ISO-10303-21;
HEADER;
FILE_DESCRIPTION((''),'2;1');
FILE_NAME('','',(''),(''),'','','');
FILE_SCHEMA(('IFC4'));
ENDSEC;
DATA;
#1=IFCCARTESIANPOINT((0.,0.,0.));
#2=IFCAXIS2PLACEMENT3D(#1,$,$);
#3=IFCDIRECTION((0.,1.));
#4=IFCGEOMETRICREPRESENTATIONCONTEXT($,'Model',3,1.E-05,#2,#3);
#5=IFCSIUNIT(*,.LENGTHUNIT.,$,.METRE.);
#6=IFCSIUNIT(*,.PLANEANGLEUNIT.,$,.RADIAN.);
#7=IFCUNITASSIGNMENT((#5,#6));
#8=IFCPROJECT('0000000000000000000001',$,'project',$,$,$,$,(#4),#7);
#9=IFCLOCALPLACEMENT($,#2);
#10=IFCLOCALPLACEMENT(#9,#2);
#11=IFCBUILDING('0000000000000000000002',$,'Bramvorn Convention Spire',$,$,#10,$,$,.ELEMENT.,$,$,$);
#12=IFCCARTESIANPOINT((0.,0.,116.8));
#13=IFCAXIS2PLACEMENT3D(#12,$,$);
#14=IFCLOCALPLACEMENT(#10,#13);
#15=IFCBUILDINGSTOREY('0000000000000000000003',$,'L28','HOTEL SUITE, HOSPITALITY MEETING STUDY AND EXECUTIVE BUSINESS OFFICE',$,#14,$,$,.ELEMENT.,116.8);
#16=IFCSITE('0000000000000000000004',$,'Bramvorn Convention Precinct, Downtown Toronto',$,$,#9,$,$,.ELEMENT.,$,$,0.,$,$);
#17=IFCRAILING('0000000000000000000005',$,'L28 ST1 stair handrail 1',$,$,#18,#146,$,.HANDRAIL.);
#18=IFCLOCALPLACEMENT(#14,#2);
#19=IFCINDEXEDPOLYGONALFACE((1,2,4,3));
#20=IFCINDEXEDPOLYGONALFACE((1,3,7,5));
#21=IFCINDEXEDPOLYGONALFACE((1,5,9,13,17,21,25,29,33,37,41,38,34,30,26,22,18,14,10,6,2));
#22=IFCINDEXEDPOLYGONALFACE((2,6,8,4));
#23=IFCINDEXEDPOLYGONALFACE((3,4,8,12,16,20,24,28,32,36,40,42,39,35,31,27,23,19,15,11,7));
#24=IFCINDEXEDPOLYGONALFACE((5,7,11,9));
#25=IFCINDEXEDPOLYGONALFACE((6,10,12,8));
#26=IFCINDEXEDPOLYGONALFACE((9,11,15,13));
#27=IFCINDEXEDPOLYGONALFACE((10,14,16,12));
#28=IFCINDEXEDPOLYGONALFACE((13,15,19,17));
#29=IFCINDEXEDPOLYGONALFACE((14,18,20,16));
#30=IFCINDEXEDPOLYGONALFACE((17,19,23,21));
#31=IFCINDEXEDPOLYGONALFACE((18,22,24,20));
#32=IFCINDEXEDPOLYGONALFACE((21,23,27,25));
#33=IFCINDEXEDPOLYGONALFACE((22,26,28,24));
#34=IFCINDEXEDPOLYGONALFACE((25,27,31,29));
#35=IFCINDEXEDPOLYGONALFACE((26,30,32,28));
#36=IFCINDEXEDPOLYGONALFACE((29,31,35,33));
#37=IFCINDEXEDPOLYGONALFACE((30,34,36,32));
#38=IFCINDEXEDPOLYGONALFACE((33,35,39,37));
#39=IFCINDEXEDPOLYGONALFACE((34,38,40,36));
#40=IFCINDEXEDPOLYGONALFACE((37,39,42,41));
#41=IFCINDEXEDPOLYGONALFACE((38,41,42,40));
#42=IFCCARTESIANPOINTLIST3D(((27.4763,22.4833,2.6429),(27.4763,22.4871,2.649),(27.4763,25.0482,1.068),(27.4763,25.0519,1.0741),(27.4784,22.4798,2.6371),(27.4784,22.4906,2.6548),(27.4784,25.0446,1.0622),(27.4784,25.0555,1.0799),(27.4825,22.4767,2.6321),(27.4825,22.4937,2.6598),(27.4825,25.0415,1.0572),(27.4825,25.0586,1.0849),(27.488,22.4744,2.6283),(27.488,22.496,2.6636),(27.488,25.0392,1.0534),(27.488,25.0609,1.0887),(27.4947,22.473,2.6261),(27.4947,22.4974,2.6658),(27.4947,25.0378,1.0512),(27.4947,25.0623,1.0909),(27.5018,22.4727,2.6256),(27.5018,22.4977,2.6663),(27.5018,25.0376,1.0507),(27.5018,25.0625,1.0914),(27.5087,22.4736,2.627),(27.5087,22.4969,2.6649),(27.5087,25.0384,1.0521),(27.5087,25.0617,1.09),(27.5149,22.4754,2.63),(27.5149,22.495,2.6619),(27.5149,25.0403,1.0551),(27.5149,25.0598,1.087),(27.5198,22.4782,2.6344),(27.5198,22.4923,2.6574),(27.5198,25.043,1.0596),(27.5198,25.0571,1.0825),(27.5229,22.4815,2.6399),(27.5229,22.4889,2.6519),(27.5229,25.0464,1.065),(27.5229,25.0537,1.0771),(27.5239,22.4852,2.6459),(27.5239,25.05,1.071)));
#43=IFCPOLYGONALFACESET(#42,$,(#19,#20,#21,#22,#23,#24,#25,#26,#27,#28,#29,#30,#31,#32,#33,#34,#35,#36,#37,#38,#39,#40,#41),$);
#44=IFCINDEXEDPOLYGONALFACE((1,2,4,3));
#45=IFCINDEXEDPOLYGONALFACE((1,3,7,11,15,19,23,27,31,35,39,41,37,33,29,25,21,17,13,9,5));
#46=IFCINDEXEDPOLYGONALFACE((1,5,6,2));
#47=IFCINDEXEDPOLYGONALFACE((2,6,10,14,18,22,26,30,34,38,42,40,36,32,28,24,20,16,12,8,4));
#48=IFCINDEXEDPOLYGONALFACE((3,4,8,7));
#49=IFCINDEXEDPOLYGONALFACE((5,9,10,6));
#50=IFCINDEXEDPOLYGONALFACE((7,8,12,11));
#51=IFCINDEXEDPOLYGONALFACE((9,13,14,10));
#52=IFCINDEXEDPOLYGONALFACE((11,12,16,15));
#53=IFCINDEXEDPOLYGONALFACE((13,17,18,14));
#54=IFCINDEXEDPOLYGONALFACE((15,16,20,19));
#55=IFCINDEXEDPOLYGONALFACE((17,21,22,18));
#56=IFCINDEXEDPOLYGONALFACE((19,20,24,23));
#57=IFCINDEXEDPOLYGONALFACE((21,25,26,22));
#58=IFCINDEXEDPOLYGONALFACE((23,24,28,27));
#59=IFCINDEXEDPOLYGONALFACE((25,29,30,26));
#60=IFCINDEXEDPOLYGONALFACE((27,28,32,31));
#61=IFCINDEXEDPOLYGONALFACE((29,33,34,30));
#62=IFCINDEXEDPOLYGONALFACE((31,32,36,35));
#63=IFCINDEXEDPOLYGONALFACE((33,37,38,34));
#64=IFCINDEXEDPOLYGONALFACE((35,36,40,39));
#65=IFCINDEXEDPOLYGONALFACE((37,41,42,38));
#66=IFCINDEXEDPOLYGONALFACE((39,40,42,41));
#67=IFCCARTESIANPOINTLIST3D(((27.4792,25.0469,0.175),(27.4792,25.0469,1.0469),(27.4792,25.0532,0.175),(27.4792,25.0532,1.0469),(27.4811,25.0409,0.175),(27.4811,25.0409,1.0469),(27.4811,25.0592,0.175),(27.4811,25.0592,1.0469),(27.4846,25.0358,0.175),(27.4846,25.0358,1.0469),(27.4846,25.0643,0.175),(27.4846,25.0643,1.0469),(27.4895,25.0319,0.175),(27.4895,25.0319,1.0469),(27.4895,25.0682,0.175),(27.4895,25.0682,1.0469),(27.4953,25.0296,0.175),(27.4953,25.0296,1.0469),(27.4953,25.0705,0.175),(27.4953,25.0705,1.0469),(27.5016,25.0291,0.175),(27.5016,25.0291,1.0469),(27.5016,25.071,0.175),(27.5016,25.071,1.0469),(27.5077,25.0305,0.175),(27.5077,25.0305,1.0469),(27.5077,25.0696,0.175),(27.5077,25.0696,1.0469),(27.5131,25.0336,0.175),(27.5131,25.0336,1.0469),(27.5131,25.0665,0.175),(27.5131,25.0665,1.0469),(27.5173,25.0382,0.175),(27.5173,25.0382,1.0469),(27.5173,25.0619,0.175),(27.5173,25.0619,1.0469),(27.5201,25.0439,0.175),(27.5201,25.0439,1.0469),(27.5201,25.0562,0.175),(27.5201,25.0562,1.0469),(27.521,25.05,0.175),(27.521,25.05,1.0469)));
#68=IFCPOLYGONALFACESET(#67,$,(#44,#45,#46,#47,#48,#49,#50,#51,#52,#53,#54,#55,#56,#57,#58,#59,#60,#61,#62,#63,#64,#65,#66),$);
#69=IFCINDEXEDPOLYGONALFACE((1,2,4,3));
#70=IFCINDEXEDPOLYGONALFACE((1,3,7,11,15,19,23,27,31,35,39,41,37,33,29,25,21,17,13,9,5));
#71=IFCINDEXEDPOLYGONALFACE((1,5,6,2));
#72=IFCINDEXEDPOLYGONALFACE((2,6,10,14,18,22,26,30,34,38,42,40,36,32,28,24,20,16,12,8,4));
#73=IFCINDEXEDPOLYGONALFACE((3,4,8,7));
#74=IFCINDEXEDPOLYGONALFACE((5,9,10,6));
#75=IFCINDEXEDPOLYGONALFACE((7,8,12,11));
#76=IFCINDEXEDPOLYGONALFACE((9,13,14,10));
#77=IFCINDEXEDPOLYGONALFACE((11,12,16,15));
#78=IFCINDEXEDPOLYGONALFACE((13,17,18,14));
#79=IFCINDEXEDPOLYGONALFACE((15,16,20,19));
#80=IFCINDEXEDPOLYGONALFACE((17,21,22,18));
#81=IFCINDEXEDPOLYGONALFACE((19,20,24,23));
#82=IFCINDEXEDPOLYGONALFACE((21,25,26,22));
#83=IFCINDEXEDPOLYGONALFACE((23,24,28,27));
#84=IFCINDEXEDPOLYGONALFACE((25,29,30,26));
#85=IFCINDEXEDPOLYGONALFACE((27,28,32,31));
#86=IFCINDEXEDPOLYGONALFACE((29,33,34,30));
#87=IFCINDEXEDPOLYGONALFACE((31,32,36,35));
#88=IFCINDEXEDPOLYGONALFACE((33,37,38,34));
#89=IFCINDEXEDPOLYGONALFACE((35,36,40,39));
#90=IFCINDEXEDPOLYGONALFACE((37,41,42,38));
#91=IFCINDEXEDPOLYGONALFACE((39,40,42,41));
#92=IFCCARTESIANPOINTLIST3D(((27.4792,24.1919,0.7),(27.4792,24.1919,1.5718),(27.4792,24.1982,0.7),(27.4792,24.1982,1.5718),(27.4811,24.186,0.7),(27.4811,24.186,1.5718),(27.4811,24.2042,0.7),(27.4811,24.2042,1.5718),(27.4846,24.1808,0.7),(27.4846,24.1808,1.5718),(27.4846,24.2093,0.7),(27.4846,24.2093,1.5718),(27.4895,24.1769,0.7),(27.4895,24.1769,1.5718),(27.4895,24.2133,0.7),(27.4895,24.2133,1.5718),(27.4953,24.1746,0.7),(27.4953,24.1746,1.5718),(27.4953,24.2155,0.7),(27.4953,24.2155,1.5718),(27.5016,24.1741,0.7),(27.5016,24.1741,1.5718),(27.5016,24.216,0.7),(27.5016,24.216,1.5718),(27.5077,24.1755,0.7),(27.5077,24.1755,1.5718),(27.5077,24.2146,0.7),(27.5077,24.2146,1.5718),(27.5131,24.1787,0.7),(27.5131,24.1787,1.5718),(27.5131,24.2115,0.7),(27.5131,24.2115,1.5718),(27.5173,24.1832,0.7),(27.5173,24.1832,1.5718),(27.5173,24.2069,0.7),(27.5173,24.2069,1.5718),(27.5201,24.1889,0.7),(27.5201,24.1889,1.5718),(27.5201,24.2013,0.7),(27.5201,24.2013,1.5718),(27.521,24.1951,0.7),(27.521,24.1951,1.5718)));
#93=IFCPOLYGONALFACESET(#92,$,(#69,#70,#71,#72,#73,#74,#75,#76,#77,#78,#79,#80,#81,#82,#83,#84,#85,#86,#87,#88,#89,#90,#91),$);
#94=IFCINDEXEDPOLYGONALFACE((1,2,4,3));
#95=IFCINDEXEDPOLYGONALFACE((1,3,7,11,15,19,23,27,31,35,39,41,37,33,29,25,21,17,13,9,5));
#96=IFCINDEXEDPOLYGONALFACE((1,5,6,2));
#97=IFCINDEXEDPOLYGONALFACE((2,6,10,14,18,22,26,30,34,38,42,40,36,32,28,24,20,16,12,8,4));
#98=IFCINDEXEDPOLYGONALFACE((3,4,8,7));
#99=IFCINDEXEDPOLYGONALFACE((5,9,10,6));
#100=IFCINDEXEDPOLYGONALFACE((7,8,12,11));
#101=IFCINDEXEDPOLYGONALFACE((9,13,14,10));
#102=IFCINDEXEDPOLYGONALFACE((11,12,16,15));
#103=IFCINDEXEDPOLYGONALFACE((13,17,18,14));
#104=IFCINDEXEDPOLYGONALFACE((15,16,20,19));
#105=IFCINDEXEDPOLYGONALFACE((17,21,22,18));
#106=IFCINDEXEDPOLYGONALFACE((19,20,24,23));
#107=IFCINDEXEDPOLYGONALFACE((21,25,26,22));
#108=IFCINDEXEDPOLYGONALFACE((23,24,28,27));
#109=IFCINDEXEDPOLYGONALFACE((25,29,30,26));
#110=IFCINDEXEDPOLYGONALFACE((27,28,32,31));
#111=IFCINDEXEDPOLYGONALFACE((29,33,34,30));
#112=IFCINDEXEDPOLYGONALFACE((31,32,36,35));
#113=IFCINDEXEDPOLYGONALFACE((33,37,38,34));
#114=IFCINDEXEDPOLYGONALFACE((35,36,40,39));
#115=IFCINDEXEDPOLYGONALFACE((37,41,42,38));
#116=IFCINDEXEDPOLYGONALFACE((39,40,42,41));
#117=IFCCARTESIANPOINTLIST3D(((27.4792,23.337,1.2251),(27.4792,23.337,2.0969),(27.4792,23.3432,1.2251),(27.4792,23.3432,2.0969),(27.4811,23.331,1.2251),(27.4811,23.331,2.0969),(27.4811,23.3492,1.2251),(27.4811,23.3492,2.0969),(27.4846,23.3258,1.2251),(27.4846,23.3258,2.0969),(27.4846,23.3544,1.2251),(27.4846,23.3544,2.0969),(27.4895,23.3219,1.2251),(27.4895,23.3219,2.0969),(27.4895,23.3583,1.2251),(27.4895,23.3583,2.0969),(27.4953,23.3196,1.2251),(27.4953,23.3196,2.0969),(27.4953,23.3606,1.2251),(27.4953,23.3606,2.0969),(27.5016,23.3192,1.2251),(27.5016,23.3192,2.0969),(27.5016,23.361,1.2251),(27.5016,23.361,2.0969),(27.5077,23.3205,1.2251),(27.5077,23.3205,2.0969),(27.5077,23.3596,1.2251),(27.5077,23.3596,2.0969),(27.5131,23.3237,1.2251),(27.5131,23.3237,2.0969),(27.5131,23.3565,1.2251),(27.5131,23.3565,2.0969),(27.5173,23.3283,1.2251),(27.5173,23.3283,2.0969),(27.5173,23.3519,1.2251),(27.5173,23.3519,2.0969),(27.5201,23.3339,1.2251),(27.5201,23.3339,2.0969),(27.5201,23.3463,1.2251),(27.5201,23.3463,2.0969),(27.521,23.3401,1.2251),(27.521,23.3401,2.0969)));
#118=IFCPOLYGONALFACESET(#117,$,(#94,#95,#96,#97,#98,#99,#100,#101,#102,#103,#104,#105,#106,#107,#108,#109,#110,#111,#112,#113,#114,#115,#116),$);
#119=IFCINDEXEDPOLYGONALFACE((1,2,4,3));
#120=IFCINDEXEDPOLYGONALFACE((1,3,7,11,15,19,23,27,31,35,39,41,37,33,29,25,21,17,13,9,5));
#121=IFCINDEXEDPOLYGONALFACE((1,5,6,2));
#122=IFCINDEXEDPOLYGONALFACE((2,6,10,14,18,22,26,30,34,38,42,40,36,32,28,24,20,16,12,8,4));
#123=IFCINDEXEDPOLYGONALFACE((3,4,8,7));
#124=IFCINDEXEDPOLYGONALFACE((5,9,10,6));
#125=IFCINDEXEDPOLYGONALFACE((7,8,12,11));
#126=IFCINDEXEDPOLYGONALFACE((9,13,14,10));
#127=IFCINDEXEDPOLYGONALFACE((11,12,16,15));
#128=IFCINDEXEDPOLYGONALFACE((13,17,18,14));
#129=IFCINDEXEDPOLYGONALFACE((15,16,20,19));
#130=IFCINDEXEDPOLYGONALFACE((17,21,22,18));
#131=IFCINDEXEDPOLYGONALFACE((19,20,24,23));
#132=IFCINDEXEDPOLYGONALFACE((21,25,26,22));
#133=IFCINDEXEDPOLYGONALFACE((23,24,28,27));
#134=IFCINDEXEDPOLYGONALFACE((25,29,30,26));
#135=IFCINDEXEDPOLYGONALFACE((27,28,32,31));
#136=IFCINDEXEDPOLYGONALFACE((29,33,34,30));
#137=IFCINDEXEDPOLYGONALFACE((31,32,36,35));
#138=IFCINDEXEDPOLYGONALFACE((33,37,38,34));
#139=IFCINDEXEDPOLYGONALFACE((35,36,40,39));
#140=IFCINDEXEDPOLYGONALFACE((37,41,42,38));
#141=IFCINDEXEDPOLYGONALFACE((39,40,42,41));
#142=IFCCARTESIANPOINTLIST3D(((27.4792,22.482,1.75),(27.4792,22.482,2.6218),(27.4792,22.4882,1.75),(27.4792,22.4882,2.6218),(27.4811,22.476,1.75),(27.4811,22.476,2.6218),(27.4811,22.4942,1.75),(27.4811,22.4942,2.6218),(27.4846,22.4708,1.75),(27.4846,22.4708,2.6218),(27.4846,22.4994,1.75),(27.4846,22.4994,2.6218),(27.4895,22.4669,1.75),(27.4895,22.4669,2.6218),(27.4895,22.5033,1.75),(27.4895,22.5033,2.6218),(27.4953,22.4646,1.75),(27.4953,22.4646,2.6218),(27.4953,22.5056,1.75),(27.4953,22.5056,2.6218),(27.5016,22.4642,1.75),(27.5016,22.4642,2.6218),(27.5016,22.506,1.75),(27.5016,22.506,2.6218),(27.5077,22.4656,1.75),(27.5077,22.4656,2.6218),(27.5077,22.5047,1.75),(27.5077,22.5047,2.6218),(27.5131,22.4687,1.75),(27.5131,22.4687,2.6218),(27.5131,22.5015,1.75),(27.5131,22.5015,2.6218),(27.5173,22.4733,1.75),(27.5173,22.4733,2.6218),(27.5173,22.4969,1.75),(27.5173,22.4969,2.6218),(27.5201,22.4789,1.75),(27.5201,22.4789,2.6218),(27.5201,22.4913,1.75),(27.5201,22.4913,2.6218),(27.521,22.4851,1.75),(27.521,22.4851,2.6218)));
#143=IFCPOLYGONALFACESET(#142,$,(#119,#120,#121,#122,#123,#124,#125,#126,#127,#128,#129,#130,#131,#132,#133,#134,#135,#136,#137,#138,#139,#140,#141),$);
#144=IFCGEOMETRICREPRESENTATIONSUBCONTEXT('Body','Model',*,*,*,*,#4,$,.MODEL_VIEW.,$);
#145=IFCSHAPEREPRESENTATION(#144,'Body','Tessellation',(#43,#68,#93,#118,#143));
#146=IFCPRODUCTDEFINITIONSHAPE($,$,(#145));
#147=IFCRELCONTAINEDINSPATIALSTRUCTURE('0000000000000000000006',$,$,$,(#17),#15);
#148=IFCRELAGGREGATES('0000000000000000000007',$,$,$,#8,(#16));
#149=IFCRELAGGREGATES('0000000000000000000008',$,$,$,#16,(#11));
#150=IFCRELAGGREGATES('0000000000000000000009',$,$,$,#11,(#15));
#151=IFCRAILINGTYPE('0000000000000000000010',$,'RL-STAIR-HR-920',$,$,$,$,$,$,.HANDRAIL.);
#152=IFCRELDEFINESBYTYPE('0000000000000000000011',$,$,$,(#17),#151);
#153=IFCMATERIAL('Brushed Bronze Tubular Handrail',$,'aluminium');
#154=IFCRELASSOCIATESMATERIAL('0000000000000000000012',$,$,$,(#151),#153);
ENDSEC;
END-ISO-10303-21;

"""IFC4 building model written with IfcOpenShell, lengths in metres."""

from ifc_helpers import new_model, si_unit, direction, frame, origin, origin_2d, place, context, subcontext, project, spatial, circle, extrude, material, type_object, element, save


model = new_model("IFC4")

# Units and contexts
model_context = context("Model", 3, precision=1e-05, world=origin(), true_north=direction((0.0, 1.0)))
body_context = subcontext(model_context, "Body", "Model", "MODEL_VIEW")
ifc_project = project(units=[si_unit("LENGTHUNIT", "METRE"), si_unit("PLANEANGLEUNIT", "RADIAN")], contexts=[model_context])

# Site, building, storey
site_placement = place(None, origin())
site = spatial("IfcSite", under=ifc_project, at=site_placement, Name="Bramvorn Convention Precinct, Downtown Toronto", CompositionType="ELEMENT", RefElevation=0.0)
building_placement = place(site_placement, origin())
building = spatial("IfcBuilding", under=site, at=building_placement, Name="Bramvorn Convention Spire", CompositionType="ELEMENT")
storey_placement = place(building_placement, frame((0.0, 0.0, 116.8)))
storey = spatial("IfcBuildingStorey", under=building, at=storey_placement, Name="L28", Description="HOTEL SUITE, HOSPITALITY MEETING STUDY AND EXECUTIVE BUSINESS OFFICE", CompositionType="ELEMENT", Elevation=116.8)

# Railing
ifc_material_1 = material(Name="Brushed Bronze Tubular Handrail", Category="aluminium")
railing_type_1 = type_object("IfcRailingType", Name="RL-STAIR-HR-920", PredefinedType="HANDRAIL", material=ifc_material_1)
railing_1_placement = place(storey_placement, frame((27.5, 25.05, 0.175)))
element("IfcRailing", 1, at=railing_1_placement, inside=storey, type_object=railing_type_1, Name="L28 ST1 stair handrail 1", PredefinedType="HANDRAIL", context=body_context, shape_type="SweptSolid", body=[
    extrude(circle(Radius=0.0239, at=origin_2d()), frame((0.0, 0.0, 0.896), z_axis=(0.0, -0.852173, 0.52326), x_axis=(1.0, 0.0, 0.0)), (0.0, 0.0, 1.0), 3.0098),
    extrude(circle(Radius=0.021, at=origin_2d()), origin(), (0.0, 0.0, 1.0), 0.8718),
    extrude(circle(Radius=0.021, at=origin_2d()), frame((0.0, -0.855, 0.5249)), (0.0, 0.0, 1.0), 0.8718),
    extrude(circle(Radius=0.021, at=origin_2d()), frame((0.0, -1.71, 1.05)), (0.0, 0.0, 1.0), 0.8718),
    extrude(circle(Radius=0.021, at=origin_2d()), frame((0.0, -2.5649, 1.575)), (0.0, 0.0, 1.0), 0.8718),
])

save(model, "model.ifc")
